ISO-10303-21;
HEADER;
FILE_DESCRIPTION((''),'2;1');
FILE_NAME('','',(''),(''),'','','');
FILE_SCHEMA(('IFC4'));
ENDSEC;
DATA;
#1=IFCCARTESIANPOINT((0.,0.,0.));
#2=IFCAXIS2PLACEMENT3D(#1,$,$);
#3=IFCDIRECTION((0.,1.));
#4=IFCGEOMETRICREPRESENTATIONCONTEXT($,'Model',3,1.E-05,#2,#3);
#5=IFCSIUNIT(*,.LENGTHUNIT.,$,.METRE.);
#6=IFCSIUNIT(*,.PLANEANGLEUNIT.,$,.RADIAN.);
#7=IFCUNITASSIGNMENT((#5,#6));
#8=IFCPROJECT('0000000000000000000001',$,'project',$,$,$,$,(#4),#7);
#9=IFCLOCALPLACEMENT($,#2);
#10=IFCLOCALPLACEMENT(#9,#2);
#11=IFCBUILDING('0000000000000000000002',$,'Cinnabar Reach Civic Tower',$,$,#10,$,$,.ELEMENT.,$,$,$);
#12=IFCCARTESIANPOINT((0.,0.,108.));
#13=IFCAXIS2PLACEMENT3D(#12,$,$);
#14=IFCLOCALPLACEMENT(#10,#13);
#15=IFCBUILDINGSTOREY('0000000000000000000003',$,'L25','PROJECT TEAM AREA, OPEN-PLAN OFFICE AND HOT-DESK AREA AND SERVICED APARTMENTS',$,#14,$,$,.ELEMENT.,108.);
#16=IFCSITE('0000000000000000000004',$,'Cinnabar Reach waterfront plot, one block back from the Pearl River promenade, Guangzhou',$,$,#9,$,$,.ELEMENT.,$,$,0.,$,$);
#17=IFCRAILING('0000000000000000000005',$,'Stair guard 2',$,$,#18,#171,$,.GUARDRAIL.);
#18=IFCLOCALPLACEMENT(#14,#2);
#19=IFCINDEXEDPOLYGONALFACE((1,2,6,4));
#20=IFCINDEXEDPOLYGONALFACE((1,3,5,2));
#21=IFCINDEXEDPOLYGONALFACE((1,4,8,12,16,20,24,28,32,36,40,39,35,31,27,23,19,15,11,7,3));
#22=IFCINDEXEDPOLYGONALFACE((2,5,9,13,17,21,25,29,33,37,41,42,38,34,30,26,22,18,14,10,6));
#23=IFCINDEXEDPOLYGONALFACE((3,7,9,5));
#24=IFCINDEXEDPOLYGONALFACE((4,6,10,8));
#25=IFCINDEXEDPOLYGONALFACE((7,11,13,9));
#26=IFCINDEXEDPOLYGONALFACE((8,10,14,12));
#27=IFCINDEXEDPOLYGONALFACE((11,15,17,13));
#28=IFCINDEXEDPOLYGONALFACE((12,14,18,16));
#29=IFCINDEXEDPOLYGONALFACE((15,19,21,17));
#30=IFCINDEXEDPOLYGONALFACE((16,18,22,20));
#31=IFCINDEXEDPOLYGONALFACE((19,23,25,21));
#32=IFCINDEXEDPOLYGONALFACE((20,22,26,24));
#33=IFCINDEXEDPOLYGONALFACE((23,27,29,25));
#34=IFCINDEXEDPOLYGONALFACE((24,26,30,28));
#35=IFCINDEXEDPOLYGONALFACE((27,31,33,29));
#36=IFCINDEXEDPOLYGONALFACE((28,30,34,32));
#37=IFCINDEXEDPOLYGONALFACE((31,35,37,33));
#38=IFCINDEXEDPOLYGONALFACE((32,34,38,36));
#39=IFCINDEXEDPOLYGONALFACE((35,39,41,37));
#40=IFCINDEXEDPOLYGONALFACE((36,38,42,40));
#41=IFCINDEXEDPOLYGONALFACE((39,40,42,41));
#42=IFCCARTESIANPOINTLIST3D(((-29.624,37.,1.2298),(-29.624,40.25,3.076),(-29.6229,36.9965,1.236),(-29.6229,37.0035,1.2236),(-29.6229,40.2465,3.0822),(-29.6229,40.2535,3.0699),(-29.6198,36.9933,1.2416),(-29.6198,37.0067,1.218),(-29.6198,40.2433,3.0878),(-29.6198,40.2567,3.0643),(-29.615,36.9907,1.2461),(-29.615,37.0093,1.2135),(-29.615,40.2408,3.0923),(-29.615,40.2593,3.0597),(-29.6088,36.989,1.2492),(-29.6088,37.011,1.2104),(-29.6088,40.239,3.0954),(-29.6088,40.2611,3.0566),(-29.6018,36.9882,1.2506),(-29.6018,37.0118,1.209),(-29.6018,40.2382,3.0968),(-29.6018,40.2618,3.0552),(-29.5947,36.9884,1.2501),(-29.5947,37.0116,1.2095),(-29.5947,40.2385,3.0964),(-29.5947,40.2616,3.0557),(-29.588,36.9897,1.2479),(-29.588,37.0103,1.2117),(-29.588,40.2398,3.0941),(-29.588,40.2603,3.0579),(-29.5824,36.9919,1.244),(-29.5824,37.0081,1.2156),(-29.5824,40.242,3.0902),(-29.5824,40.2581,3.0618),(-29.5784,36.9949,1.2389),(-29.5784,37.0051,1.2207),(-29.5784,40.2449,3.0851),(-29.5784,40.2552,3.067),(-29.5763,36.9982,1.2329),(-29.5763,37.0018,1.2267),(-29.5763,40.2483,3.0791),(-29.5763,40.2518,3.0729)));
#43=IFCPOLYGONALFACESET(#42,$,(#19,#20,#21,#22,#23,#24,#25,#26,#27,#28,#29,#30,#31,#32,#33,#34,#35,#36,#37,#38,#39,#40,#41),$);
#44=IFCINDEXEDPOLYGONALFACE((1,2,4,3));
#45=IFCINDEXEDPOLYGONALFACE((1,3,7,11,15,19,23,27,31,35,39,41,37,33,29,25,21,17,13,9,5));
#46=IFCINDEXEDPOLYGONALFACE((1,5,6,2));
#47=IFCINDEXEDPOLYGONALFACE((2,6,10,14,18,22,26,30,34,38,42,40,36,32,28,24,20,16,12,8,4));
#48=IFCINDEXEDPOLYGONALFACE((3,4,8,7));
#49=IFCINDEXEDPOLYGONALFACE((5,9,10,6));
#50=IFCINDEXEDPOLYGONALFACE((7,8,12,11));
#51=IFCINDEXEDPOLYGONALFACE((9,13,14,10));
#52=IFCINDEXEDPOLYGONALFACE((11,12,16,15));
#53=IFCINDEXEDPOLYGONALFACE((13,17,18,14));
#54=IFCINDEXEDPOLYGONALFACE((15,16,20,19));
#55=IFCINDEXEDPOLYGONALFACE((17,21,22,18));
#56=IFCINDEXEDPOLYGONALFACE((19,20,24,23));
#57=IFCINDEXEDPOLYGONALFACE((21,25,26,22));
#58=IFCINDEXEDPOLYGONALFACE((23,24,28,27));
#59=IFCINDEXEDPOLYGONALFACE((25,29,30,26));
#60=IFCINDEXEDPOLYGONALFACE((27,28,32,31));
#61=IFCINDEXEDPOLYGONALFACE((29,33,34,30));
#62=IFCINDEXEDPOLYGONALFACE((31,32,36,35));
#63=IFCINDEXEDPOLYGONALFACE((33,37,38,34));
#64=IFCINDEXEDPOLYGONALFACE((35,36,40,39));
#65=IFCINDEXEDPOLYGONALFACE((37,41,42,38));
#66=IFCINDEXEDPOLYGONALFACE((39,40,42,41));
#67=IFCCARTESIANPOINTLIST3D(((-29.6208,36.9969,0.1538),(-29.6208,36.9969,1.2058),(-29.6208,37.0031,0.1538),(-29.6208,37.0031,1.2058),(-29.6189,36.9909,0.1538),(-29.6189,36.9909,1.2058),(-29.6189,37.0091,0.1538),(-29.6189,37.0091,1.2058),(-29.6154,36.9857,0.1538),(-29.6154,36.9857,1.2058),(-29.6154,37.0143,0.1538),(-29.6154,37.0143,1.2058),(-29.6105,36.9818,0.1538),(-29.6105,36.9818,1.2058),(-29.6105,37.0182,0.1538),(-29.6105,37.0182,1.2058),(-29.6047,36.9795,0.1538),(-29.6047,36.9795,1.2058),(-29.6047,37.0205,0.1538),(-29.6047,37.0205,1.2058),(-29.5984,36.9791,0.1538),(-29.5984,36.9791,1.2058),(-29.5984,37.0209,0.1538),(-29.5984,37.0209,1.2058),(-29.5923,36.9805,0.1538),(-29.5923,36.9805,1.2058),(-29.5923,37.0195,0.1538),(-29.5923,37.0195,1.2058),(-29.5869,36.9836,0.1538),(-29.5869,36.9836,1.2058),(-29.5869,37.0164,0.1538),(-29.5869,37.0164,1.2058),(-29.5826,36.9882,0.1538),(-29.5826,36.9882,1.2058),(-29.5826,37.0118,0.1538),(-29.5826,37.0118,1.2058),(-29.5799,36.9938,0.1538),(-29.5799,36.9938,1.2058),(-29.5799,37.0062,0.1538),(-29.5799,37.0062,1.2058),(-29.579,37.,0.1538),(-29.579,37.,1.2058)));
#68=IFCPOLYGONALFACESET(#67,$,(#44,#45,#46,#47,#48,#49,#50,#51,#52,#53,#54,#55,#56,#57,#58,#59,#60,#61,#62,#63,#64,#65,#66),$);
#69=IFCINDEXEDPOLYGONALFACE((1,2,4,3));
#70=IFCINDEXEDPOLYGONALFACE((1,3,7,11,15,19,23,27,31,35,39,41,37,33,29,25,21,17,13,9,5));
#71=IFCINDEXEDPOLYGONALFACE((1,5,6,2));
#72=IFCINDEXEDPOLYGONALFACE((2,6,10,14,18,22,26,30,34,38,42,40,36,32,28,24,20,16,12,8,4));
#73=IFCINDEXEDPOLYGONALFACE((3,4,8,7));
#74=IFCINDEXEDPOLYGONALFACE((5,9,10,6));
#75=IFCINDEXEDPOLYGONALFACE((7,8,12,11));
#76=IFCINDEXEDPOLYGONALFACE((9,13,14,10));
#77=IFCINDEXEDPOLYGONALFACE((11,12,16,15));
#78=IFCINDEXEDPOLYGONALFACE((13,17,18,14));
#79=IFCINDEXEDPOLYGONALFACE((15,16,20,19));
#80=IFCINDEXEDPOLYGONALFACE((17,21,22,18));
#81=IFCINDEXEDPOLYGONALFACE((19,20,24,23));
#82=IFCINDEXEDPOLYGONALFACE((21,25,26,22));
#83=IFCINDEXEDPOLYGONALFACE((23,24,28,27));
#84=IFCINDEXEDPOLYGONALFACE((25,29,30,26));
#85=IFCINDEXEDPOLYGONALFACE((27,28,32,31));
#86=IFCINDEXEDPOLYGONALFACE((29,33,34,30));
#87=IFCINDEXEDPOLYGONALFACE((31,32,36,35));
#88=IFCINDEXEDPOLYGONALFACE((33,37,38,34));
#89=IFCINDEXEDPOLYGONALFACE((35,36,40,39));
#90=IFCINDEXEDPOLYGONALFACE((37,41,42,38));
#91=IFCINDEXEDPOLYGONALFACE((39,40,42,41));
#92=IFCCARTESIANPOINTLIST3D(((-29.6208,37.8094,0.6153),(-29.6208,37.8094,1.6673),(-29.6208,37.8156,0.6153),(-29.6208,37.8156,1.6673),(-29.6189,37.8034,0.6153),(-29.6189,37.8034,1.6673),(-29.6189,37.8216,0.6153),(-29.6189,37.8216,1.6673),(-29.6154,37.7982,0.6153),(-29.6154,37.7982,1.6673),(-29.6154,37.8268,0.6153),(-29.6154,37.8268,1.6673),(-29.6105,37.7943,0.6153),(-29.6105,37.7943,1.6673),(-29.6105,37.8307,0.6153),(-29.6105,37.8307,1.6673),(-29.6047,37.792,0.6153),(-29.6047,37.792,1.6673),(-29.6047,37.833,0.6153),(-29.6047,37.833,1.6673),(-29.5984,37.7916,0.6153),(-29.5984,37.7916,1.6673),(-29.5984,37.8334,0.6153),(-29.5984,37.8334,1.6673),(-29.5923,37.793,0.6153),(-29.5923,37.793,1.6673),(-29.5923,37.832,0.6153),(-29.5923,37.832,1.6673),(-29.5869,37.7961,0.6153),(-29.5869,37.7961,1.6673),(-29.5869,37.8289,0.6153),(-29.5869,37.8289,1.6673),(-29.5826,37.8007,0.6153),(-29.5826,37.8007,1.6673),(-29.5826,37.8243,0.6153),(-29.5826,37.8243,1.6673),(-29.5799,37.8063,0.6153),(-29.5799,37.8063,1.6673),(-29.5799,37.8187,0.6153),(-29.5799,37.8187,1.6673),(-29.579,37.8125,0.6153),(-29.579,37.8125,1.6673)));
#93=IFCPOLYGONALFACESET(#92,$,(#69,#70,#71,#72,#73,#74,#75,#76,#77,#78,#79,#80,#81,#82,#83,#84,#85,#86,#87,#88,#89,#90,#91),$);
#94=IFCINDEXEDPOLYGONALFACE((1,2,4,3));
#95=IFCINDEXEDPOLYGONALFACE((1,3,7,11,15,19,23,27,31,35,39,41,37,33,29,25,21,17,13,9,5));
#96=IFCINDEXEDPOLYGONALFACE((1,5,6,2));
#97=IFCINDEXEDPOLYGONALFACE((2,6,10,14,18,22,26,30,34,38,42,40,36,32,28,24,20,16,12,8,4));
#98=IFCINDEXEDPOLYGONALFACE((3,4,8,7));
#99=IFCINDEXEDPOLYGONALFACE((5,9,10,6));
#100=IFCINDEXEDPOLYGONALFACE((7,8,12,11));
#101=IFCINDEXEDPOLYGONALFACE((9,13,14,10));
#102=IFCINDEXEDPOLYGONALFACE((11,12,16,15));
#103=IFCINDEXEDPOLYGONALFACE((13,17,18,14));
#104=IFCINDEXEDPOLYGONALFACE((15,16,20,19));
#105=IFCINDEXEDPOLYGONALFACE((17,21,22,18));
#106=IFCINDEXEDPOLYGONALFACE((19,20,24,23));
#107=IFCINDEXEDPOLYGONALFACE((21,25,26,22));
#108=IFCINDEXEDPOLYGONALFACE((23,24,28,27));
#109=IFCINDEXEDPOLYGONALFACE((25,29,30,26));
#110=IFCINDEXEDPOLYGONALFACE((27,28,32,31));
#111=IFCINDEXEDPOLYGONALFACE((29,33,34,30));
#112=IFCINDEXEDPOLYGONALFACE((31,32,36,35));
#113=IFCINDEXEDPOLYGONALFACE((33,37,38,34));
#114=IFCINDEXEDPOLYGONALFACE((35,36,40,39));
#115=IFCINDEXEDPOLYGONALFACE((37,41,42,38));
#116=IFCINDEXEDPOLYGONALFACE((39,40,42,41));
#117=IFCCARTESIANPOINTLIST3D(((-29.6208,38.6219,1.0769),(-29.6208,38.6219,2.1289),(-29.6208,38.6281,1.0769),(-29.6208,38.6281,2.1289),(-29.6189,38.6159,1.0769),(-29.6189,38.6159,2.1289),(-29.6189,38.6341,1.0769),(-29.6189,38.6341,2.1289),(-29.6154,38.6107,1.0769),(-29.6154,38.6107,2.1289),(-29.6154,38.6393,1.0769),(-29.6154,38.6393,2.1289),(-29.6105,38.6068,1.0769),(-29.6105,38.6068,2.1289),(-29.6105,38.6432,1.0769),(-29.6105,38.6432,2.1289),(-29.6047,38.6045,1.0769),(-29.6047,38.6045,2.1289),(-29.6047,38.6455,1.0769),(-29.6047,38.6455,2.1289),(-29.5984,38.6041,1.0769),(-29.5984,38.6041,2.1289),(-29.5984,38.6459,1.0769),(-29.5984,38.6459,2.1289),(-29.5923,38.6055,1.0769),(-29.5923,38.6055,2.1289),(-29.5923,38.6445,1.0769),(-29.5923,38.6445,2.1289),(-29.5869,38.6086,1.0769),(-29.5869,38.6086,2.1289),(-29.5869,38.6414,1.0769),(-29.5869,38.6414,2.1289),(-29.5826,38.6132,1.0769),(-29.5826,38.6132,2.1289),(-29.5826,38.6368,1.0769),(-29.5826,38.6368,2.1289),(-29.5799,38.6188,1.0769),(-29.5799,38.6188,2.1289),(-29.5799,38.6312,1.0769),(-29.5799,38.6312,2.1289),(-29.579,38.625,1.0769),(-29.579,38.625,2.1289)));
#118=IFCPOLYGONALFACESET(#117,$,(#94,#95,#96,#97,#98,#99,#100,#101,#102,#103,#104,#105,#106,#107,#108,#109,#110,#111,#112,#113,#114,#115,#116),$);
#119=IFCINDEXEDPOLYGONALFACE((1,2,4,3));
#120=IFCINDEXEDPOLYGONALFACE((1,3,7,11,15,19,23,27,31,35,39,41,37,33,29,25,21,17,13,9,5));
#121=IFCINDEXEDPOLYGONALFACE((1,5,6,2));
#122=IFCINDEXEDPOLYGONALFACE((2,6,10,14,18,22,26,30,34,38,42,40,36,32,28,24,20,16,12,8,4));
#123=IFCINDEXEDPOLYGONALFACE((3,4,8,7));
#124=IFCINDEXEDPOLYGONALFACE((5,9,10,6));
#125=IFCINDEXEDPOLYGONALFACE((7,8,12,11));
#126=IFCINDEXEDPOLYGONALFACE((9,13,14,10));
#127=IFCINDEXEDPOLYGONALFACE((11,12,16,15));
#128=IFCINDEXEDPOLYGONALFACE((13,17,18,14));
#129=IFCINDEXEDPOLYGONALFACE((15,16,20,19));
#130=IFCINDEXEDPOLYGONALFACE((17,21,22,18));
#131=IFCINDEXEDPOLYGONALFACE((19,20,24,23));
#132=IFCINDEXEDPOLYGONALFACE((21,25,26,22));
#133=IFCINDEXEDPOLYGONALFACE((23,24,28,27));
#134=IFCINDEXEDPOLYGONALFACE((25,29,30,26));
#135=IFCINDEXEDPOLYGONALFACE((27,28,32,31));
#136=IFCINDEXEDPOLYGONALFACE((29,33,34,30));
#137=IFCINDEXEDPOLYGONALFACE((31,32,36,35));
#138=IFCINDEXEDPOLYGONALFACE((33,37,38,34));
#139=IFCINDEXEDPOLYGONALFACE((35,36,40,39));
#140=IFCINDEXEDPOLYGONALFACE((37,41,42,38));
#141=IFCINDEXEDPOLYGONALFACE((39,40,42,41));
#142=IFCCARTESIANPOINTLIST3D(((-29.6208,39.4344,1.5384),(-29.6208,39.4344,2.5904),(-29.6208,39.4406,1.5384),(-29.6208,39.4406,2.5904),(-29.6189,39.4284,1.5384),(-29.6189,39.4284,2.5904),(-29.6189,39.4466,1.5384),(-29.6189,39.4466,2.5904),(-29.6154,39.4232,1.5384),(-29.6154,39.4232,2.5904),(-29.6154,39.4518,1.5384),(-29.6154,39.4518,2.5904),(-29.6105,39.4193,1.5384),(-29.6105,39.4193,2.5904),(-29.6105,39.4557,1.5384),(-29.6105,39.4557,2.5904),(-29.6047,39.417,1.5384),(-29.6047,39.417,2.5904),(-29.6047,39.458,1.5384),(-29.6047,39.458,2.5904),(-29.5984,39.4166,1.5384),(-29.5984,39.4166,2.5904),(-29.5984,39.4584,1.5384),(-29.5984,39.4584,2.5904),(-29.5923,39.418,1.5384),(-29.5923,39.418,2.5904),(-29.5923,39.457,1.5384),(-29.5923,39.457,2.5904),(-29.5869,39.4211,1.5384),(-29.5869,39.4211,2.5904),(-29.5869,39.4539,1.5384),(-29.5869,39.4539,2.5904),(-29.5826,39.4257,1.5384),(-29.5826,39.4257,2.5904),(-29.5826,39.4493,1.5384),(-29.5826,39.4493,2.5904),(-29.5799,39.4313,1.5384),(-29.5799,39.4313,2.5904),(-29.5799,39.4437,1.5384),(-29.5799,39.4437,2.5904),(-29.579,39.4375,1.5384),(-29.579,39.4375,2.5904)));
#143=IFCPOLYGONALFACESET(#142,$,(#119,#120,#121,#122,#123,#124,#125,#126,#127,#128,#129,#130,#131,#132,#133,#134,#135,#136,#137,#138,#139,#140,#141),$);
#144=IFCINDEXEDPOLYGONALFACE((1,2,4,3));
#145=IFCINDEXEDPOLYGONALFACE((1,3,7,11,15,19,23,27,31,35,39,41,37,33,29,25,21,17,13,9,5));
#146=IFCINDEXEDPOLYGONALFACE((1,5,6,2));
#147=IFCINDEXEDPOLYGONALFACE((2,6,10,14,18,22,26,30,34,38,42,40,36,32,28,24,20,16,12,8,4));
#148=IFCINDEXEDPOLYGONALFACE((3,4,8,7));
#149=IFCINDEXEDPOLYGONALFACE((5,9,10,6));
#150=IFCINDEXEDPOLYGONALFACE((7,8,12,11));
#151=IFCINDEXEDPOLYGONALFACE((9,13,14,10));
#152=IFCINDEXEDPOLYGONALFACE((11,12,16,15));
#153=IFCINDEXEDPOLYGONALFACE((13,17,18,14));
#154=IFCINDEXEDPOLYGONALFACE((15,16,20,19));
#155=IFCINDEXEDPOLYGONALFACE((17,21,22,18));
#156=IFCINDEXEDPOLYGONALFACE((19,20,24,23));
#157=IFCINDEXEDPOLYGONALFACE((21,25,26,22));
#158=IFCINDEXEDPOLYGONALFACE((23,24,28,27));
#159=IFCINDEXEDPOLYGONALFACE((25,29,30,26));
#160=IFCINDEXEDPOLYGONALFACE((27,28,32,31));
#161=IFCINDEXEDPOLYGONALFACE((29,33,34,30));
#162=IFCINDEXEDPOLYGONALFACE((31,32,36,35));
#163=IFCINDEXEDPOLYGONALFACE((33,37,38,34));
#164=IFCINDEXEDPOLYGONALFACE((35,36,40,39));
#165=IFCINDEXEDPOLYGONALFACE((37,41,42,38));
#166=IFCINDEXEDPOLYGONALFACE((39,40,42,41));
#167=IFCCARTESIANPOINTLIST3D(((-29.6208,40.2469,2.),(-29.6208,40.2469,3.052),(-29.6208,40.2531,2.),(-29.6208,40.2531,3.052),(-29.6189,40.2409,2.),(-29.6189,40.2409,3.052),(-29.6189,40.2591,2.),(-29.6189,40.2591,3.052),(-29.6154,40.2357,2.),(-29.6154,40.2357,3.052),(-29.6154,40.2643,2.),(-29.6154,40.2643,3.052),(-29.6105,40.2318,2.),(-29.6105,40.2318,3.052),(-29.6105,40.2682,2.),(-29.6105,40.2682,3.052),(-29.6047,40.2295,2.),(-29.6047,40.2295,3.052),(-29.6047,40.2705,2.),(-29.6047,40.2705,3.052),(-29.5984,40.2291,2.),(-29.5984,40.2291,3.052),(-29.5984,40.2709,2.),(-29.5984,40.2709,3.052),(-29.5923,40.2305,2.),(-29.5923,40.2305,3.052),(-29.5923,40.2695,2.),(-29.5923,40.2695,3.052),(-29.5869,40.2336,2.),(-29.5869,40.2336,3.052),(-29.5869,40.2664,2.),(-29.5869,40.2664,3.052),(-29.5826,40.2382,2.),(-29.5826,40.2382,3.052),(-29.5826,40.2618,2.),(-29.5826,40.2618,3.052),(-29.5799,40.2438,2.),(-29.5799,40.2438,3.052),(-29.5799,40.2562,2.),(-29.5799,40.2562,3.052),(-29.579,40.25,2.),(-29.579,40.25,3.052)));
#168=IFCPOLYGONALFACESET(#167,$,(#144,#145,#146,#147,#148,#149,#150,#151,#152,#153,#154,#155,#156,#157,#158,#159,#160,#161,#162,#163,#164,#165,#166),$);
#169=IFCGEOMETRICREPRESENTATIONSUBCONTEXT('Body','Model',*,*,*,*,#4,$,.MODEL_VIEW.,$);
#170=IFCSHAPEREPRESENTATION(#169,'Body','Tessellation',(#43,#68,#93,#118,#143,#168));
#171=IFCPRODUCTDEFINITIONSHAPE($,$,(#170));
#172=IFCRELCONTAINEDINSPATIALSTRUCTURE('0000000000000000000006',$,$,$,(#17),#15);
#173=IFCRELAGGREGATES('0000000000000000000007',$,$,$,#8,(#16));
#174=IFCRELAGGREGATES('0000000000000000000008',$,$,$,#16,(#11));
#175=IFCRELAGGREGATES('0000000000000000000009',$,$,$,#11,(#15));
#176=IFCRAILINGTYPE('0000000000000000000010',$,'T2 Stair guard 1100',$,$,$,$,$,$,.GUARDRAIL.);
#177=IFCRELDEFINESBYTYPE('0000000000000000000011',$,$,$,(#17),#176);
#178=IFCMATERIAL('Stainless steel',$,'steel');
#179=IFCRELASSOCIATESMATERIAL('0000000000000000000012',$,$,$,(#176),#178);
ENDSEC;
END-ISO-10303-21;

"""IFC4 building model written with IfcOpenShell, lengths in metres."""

from ifc_helpers import new_model, si_unit, direction, frame, origin, origin_2d, place, context, subcontext, project, spatial, circle, extrude, material, type_object, element, save


model = new_model("IFC4")

# Units and contexts
model_context = context("Model", 3, precision=1e-05, world=origin(), true_north=direction((0.0, 1.0)))
body_context = subcontext(model_context, "Body", "Model", "MODEL_VIEW")
ifc_project = project(units=[si_unit("LENGTHUNIT", "METRE"), si_unit("PLANEANGLEUNIT", "RADIAN")], contexts=[model_context])

# Site, building, storey
site_placement = place(None, origin())
site = spatial("IfcSite", under=ifc_project, at=site_placement, Name="Cinnabar Reach waterfront plot, one block back from the Pearl River promenade, Guangzhou", CompositionType="ELEMENT", RefElevation=0.0)
building_placement = place(site_placement, origin())
building = spatial("IfcBuilding", under=site, at=building_placement, Name="Cinnabar Reach Civic Tower", CompositionType="ELEMENT")
storey_placement = place(building_placement, frame((0.0, 0.0, 108.0)))
storey = spatial("IfcBuildingStorey", under=building, at=storey_placement, Name="L25", Description="PROJECT TEAM AREA, OPEN-PLAN OFFICE AND HOT-DESK AREA AND SERVICED APARTMENTS", CompositionType="ELEMENT", Elevation=108.0)

# Railing
ifc_material_1 = material(Name="Stainless steel", Category="steel")
railing_type = type_object("IfcRailingType", Name="T2 Stair guard 1100", PredefinedType="GUARDRAIL", material=ifc_material_1)
railing_1_placement = place(storey_placement, frame((-29.6, 37.0, 0.1538)))
element("IfcRailing", 1, at=railing_1_placement, inside=storey, type_object=railing_type, Name="Stair guard 2", PredefinedType="GUARDRAIL", context=body_context, shape_type="SweptSolid", body=[
    extrude(circle(Radius=0.024, at=origin_2d()), frame((0.0, 0.0, 1.076), z_axis=(0.0, 0.869501, 0.49393), x_axis=(-1.0, 0.0, 0.0)), (0.0, 0.0, 1.0), 3.7378),
    extrude(circle(Radius=0.021, at=origin_2d()), origin(), (0.0, 0.0, 1.0), 1.052),
    extrude(circle(Radius=0.021, at=origin_2d()), frame((0.0, 0.8125, 0.4615)), (0.0, 0.0, 1.0), 1.052),
    extrude(circle(Radius=0.021, at=origin_2d()), frame((0.0, 1.625, 0.9231)), (0.0, 0.0, 1.0), 1.052),
    extrude(circle(Radius=0.021, at=origin_2d()), frame((0.0, 2.4375, 1.3846)), (0.0, 0.0, 1.0), 1.052),
    extrude(circle(Radius=0.021, at=origin_2d()), frame((0.0, 3.25, 1.8462)), (0.0, 0.0, 1.0), 1.052),
])

save(model, "model.ifc")
